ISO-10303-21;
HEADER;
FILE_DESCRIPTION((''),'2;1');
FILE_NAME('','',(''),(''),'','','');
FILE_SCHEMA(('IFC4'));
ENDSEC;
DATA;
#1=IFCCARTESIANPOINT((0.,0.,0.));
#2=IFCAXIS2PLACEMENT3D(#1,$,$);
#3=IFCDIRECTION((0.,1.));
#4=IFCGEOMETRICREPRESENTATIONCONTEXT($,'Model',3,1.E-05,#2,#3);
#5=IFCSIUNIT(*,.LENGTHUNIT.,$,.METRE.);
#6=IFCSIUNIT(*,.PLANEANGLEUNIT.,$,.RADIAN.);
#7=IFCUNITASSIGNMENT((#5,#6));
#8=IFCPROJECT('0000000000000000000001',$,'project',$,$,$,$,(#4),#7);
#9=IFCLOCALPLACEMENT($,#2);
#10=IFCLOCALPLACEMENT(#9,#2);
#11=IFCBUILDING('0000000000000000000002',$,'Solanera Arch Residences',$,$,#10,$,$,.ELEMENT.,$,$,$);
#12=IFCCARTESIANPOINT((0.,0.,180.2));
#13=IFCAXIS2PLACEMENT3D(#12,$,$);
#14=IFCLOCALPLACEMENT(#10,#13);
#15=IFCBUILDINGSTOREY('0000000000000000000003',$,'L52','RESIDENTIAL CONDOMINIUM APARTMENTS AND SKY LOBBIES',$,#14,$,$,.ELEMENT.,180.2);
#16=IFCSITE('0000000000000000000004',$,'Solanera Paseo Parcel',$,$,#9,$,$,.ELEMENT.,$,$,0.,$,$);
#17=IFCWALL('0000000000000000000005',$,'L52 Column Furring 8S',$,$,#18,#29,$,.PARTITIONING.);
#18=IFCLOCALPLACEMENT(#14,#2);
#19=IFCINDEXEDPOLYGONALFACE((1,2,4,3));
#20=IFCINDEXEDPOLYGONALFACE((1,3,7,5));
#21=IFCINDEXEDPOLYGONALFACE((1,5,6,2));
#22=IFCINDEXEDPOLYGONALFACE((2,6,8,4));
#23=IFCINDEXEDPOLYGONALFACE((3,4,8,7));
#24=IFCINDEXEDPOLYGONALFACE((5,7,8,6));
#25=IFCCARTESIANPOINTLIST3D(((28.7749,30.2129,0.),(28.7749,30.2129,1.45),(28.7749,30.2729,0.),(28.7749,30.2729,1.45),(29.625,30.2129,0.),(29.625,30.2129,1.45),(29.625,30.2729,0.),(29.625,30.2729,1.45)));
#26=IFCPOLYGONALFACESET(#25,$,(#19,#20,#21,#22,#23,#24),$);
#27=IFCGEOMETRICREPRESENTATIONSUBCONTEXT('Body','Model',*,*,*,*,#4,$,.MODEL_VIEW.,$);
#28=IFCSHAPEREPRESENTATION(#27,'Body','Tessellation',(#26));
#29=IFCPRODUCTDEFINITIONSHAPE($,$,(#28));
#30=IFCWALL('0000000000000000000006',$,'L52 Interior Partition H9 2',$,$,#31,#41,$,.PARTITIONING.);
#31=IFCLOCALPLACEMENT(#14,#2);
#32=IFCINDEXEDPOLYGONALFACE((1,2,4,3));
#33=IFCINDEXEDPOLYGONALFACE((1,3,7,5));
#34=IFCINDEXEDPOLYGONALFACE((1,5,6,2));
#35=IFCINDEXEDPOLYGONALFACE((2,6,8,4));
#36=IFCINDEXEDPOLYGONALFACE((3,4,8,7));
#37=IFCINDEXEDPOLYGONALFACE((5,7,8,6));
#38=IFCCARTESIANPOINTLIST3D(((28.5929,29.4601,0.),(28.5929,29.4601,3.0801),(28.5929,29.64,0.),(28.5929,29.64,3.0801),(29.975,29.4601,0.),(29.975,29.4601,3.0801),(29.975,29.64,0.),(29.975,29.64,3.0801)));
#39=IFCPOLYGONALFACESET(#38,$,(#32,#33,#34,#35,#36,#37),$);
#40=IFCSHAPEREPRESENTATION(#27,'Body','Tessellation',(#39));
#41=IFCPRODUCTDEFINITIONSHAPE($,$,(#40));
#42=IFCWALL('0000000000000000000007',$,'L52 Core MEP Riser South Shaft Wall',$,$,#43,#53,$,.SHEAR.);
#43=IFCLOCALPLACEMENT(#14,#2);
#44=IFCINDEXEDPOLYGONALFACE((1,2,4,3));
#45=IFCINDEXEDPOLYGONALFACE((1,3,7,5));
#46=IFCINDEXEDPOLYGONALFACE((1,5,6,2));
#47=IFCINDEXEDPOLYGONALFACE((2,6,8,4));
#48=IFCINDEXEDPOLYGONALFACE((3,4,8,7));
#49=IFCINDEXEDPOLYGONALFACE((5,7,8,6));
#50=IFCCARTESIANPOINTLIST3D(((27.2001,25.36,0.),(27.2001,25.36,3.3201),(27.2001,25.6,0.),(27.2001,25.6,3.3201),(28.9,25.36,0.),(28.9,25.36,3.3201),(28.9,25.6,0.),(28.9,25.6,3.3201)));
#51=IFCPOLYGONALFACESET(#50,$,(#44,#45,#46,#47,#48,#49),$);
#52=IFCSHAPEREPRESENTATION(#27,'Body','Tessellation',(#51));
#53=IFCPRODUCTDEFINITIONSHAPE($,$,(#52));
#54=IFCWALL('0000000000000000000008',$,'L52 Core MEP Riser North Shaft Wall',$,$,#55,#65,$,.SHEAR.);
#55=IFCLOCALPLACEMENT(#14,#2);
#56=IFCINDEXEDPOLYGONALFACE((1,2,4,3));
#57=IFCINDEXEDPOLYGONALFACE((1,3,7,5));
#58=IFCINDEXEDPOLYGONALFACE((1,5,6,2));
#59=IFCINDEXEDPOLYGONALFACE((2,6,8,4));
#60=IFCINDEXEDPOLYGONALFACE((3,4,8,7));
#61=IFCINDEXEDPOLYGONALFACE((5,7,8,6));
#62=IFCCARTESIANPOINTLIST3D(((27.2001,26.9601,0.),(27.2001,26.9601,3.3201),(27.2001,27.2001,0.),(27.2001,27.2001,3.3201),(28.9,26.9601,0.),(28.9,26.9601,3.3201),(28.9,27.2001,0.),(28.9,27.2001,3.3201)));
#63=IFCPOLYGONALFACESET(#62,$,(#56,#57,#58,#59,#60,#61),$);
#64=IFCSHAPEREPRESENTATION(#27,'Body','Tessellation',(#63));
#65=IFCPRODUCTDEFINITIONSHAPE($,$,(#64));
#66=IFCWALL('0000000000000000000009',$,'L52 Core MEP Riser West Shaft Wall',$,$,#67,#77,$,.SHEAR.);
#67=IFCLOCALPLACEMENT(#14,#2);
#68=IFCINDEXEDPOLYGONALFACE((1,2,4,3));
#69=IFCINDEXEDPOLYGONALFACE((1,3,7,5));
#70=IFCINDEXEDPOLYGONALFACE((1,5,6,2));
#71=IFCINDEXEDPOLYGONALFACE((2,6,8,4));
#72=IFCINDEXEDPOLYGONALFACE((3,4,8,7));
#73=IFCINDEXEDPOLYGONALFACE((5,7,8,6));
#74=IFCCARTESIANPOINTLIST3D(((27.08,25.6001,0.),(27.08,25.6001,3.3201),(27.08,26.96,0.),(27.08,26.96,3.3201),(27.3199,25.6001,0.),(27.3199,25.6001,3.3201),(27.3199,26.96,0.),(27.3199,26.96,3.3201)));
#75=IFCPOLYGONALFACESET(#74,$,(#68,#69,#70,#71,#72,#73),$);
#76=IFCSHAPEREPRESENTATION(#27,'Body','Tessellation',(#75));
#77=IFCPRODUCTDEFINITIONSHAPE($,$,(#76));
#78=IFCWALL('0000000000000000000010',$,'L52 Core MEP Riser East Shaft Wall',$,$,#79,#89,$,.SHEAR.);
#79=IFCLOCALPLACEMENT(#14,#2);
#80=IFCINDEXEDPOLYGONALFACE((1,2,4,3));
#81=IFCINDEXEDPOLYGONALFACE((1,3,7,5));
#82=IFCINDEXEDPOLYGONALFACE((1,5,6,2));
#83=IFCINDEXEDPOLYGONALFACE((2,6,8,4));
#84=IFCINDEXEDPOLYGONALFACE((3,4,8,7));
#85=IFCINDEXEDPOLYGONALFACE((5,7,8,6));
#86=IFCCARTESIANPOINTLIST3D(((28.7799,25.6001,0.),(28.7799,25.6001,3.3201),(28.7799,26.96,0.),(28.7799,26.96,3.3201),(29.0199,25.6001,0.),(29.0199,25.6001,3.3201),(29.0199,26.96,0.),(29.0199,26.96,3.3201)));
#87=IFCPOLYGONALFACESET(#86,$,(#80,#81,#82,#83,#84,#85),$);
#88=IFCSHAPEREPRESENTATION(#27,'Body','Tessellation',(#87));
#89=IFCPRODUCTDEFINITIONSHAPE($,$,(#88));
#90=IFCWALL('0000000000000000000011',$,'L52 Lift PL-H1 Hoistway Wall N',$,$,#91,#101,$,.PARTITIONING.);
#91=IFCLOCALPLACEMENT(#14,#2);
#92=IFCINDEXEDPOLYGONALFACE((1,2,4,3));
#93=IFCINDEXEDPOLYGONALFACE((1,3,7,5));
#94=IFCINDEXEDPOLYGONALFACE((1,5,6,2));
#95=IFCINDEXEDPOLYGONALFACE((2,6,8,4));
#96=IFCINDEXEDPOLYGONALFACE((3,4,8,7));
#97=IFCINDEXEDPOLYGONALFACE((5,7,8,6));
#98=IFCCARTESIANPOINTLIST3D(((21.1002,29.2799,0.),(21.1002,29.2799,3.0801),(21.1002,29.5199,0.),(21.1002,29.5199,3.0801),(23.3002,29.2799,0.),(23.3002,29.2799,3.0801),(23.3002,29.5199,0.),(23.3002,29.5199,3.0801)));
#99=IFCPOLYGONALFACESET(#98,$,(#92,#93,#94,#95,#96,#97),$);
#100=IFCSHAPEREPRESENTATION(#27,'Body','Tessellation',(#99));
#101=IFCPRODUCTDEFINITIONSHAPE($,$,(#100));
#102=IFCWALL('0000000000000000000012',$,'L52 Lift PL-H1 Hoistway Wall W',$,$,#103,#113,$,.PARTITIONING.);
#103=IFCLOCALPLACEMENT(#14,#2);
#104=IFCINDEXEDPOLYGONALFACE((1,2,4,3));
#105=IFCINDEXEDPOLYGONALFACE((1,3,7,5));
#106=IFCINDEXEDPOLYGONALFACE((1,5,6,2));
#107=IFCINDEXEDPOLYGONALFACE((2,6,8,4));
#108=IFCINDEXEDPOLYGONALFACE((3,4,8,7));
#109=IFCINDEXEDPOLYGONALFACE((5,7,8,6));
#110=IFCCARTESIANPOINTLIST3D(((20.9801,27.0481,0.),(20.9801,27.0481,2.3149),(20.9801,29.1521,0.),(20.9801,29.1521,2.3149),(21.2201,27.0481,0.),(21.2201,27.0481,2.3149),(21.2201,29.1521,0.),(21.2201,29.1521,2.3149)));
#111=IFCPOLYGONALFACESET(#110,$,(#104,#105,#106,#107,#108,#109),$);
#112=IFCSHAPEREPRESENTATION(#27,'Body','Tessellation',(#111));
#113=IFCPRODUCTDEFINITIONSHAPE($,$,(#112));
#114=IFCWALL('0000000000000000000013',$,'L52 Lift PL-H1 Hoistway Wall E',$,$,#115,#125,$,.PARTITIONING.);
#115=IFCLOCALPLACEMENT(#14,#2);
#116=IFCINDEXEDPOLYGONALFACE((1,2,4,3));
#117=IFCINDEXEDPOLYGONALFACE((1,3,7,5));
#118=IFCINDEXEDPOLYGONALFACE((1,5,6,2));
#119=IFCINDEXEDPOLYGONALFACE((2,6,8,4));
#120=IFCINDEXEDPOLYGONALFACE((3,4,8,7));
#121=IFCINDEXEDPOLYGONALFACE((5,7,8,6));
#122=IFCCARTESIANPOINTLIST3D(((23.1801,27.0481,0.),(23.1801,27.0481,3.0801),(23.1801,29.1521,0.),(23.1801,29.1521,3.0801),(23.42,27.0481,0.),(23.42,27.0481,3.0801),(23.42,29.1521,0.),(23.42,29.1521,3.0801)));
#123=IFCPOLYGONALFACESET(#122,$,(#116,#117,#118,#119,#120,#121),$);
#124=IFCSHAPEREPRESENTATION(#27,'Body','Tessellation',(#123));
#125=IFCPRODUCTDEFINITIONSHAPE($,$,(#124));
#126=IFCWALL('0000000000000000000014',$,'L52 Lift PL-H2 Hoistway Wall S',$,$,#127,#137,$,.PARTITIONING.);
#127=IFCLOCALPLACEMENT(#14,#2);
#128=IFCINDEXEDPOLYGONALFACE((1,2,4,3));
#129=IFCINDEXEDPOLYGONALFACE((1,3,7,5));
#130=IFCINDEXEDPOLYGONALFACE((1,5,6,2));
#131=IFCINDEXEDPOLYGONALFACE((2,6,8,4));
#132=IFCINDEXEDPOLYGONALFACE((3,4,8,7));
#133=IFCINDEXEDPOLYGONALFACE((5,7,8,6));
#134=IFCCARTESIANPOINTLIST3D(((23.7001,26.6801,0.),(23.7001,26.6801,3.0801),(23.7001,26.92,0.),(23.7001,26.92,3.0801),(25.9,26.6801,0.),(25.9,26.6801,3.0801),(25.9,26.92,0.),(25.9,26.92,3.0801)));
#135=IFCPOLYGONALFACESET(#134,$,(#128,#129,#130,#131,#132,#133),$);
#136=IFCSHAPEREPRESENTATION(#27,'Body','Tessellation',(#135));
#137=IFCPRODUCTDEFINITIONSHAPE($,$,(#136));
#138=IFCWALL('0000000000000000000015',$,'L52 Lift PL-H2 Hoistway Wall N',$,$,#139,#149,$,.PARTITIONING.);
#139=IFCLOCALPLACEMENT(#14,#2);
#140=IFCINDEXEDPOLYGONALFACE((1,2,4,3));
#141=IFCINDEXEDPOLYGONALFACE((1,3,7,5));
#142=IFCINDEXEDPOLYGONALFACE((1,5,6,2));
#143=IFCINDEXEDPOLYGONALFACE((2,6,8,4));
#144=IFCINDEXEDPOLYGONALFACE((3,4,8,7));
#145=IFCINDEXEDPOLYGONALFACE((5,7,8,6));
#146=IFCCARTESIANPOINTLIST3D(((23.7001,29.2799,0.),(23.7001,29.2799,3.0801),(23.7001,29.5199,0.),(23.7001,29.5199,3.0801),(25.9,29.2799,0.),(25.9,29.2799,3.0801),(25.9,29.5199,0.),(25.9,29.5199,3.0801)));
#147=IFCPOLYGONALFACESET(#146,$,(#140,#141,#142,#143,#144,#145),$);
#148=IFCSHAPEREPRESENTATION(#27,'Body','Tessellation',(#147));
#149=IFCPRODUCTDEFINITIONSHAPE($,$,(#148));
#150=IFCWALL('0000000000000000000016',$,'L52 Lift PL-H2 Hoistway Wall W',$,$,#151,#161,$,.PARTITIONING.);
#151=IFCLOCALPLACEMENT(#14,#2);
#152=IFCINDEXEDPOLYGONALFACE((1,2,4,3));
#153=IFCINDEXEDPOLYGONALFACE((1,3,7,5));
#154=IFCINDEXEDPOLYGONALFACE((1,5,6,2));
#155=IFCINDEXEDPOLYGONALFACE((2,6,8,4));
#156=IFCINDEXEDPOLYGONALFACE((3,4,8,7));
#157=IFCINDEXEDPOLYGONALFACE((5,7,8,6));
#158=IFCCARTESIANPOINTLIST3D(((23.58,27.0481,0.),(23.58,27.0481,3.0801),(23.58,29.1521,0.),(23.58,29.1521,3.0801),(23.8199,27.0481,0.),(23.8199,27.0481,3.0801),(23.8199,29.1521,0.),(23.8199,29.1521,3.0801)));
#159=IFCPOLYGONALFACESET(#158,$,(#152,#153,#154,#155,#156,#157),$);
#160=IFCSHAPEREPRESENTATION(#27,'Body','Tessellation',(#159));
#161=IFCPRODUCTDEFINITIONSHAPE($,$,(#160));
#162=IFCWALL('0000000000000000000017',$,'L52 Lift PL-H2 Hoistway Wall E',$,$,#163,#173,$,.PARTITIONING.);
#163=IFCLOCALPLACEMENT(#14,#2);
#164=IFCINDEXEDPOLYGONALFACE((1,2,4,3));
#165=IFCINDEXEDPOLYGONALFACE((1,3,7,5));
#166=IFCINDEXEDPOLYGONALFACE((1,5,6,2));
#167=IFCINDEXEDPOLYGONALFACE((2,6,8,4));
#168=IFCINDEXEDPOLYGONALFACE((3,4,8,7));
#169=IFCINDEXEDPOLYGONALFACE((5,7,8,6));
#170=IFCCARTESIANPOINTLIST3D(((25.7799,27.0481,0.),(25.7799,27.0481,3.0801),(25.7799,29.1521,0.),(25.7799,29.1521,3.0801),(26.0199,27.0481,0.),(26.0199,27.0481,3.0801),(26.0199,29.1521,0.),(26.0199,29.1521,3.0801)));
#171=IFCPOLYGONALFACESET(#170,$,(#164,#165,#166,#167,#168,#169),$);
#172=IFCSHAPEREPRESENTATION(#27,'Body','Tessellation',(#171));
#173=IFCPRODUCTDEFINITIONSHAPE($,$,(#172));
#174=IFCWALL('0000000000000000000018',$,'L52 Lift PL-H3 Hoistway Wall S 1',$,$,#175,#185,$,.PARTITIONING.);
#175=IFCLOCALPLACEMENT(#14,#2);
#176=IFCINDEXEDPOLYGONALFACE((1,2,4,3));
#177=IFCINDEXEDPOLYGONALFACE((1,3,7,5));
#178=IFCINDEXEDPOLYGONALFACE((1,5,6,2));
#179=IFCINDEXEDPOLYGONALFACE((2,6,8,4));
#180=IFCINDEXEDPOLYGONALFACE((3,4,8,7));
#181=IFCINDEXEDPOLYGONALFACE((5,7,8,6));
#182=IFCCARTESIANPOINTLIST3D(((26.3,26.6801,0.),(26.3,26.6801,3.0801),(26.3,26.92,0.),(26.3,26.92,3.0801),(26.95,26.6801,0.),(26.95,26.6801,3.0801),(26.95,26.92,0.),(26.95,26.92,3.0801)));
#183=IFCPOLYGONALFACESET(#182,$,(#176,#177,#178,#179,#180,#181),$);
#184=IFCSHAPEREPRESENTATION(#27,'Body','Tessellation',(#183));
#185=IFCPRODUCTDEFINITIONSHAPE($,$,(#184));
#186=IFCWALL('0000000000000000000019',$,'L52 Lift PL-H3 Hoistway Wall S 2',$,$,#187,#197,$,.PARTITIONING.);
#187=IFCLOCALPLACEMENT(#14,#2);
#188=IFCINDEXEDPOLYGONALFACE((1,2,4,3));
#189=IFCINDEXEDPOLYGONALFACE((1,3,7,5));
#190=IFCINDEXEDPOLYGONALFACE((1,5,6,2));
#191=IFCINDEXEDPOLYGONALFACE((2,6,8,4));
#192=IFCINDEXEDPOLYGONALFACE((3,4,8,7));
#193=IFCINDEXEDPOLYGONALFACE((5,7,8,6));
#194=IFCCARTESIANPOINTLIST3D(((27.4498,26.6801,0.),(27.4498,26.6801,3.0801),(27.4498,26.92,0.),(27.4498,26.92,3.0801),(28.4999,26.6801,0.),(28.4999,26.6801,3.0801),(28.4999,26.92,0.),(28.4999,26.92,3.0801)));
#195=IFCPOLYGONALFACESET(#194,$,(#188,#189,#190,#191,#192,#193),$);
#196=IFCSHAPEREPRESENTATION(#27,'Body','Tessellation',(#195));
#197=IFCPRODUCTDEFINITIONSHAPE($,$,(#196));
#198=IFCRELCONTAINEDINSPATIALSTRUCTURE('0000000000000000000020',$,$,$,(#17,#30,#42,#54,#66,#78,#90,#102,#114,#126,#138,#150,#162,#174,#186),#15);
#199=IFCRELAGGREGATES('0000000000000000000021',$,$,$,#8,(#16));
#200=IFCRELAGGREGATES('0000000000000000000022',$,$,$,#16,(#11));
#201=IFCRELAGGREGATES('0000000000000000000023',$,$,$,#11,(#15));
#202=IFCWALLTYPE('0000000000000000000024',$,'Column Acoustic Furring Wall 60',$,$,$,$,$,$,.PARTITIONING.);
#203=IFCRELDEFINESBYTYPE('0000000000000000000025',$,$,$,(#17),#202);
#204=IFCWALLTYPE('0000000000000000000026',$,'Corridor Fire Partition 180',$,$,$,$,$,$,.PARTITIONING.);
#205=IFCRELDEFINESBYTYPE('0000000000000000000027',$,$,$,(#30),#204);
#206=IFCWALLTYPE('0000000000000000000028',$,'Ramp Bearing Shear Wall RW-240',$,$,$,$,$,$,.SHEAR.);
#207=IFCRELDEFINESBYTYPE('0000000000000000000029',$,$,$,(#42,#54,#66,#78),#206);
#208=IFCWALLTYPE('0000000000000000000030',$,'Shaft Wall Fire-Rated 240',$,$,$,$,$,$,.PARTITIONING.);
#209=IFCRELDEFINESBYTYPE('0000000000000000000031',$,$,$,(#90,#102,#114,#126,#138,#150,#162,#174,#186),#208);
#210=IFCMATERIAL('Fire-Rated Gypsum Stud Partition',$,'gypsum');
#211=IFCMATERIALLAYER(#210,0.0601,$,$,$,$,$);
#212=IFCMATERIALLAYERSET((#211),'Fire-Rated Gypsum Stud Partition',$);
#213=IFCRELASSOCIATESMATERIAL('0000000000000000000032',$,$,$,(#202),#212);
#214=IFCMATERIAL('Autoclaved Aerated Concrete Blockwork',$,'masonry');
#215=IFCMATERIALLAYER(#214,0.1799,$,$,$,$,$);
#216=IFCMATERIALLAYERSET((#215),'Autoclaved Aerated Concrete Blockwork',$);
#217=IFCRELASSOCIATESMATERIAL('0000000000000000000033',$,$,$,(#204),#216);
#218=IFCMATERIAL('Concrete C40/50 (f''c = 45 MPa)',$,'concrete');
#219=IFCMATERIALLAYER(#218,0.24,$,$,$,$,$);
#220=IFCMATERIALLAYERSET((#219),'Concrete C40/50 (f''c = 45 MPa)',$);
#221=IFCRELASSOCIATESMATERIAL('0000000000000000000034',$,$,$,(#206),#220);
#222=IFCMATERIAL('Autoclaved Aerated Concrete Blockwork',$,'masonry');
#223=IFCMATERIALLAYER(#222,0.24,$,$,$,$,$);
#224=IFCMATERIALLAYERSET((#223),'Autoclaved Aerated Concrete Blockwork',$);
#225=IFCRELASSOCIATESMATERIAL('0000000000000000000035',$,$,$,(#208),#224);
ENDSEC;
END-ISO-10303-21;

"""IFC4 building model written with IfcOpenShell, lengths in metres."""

from ifc_helpers import new_model, si_unit, direction, frame, frame_2d, origin, place, context, subcontext, project, spatial, rectangle, extrude, material, layer, layer_set, type_object, element, save


model = new_model("IFC4")

# Units and contexts
model_context = context("Model", 3, precision=1e-05, world=origin(), true_north=direction((0.0, 1.0)))
body_context = subcontext(model_context, "Body", "Model", "MODEL_VIEW")
ifc_project = project(units=[si_unit("LENGTHUNIT", "METRE"), si_unit("PLANEANGLEUNIT", "RADIAN")], contexts=[model_context])

# Site, building, storey
site_placement = place(None, origin())
site = spatial("IfcSite", under=ifc_project, at=site_placement, Name="Solanera Paseo Parcel", CompositionType="ELEMENT", RefElevation=0.0)
building_placement = place(site_placement, origin())
building = spatial("IfcBuilding", under=site, at=building_placement, Name="Solanera Arch Residences", CompositionType="ELEMENT")
storey_placement = place(building_placement, frame((0.0, 0.0, 180.2)))
storey = spatial("IfcBuildingStorey", under=building, at=storey_placement, Name="L52", Description="RESIDENTIAL CONDOMINIUM APARTMENTS AND SKY LOBBIES", CompositionType="ELEMENT", Elevation=180.2)

# Walls
ifc_material_1 = material(Name="Fire-Rated Gypsum Stud Partition", Category="gypsum")
ifc_layer_1 = layer(ifc_material_1, 0.0601)
ifc_layer_set_1 = layer_set([ifc_layer_1], Name="Fire-Rated Gypsum Stud Partition")
wall_type_1 = type_object("IfcWallType", Name="Column Acoustic Furring Wall 60", PredefinedType="PARTITIONING", material=ifc_layer_set_1)
wall_1_placement = place(storey_placement, frame((28.7749, 30.2429, 0.0), z_axis=(0.0, 0.0, 1.0), x_axis=(1.0, 0.0, 0.0)))
element("IfcWall", 1, at=wall_1_placement, inside=storey, type_object=wall_type_1, Name="L52 Column Furring 8S", PredefinedType="PARTITIONING", context=body_context, shape_type="SweptSolid", body=[
    extrude(rectangle(XDim=0.8501, YDim=0.0601, at=frame_2d((0.425, 0.0))), origin(), (0.0, 0.0, 1.0), 1.45),
])
ifc_material_2 = material(Name="Autoclaved Aerated Concrete Blockwork", Category="masonry")
ifc_layer_2 = layer(ifc_material_2, 0.1799)
ifc_layer_set_2 = layer_set([ifc_layer_2], Name="Autoclaved Aerated Concrete Blockwork")
wall_type_2 = type_object("IfcWallType", Name="Corridor Fire Partition 180", PredefinedType="PARTITIONING", material=ifc_layer_set_2)
wall_2_placement = place(storey_placement, frame((28.593, 29.55, 0.0), z_axis=(0.0, 0.0, 1.0), x_axis=(1.0, 0.0, 0.0)))
element("IfcWall", 2, at=wall_2_placement, inside=storey, type_object=wall_type_2, Name="L52 Interior Partition H9 2", PredefinedType="PARTITIONING", context=body_context, shape_type="SweptSolid", body=[
    extrude(rectangle(XDim=1.3821, YDim=0.1799, at=frame_2d((0.6909, 0.0))), origin(), (0.0, 0.0, 1.0), 3.0801),
])
ifc_material_3 = material(Name="Concrete C40/50 (f'c = 45 MPa)", Category="concrete")
ifc_layer_3 = layer(ifc_material_3, 0.24)
ifc_layer_set_3 = layer_set([ifc_layer_3], Name="Concrete C40/50 (f'c = 45 MPa)")
wall_type_3 = type_object("IfcWallType", Name="Ramp Bearing Shear Wall RW-240", PredefinedType="SHEAR", material=ifc_layer_set_3)
for number, where, z_axis, x_axis, name in (
    (3, (27.2, 25.48, 0.0), (0.0, 0.0, 1.0), (1.0, 0.0, 0.0), "L52 Core MEP Riser South Shaft Wall"),
    (4, (27.2, 27.0801, 0.0), (0.0, 0.0, 1.0), (1.0, 0.0, 0.0), "L52 Core MEP Riser North Shaft Wall"),
):
    element("IfcWall", number, at=place(storey_placement, frame(where, z_axis=z_axis, x_axis=x_axis)), inside=storey, type_object=wall_type_3, Name=name, PredefinedType="SHEAR", context=body_context, shape_type="SweptSolid", body=[
        extrude(rectangle(XDim=1.7, YDim=0.24, at=frame_2d((0.8501, 0.0))), origin(), (0.0, 0.0, 1.0), 3.3201),
    ])
for number, where, z_axis, x_axis, name in (
    (5, (27.2, 25.6001, 0.0), (0.0, 0.0, 1.0), (0.0, 1.0, 0.0), "L52 Core MEP Riser West Shaft Wall"),
    (6, (28.8999, 25.6001, 0.0), (0.0, 0.0, 1.0), (0.0, 1.0, 0.0), "L52 Core MEP Riser East Shaft Wall"),
):
    element("IfcWall", number, at=place(storey_placement, frame(where, z_axis=z_axis, x_axis=x_axis)), inside=storey, type_object=wall_type_3, Name=name, PredefinedType="SHEAR", context=body_context, shape_type="SweptSolid", body=[
        extrude(rectangle(XDim=1.3599, YDim=0.24, at=frame_2d((0.6799, 0.0))), origin(), (0.0, 0.0, 1.0), 3.3201),
    ])
ifc_material_4 = material(Name="Autoclaved Aerated Concrete Blockwork", Category="masonry")
ifc_layer_4 = layer(ifc_material_4, 0.24)
ifc_layer_set_4 = layer_set([ifc_layer_4], Name="Autoclaved Aerated Concrete Blockwork")
wall_type_4 = type_object("IfcWallType", Name="Shaft Wall Fire-Rated 240", PredefinedType="PARTITIONING", material=ifc_layer_set_4)
wall_3_placement = place(storey_placement, frame((21.1001, 29.3999, 0.0), z_axis=(0.0, 0.0, 1.0), x_axis=(1.0, 0.0, 0.0)))
element("IfcWall", 7, at=wall_3_placement, inside=storey, type_object=wall_type_4, Name="L52 Lift PL-H1 Hoistway Wall N", PredefinedType="PARTITIONING", context=body_context, shape_type="SweptSolid", body=[
    extrude(rectangle(XDim=2.2, YDim=0.24, at=frame_2d((1.1001, 0.0))), origin(), (0.0, 0.0, 1.0), 3.0801),
])
wall_4_placement = place(storey_placement, frame((21.1001, 27.0481, 0.0), z_axis=(0.0, 0.0, 1.0), x_axis=(0.0, 1.0, 0.0)))
element("IfcWall", 8, at=wall_4_placement, inside=storey, type_object=wall_type_4, Name="L52 Lift PL-H1 Hoistway Wall W", PredefinedType="PARTITIONING", context=body_context, shape_type="SweptSolid", body=[
    extrude(rectangle(XDim=2.104, YDim=0.24, at=frame_2d((1.052, 0.0))), origin(), (0.0, 0.0, 1.0), 2.3149),
])
wall_5_placement = place(storey_placement, frame((23.3, 27.0481, 0.0), z_axis=(0.0, 0.0, 1.0), x_axis=(0.0, 1.0, 0.0)))
element("IfcWall", 9, at=wall_5_placement, inside=storey, type_object=wall_type_4, Name="L52 Lift PL-H1 Hoistway Wall E", PredefinedType="PARTITIONING", context=body_context, shape_type="SweptSolid", body=[
    extrude(rectangle(XDim=2.104, YDim=0.24, at=frame_2d((1.052, 0.0))), origin(), (0.0, 0.0, 1.0), 3.0801),
])
for number, where, z_axis, x_axis, name in (
    (10, (23.7, 26.8, 0.0), (0.0, 0.0, 1.0), (1.0, 0.0, 0.0), "L52 Lift PL-H2 Hoistway Wall S"),
    (11, (23.7, 29.3999, 0.0), (0.0, 0.0, 1.0), (1.0, 0.0, 0.0), "L52 Lift PL-H2 Hoistway Wall N"),
):
    element("IfcWall", number, at=place(storey_placement, frame(where, z_axis=z_axis, x_axis=x_axis)), inside=storey, type_object=wall_type_4, Name=name, PredefinedType="PARTITIONING", context=body_context, shape_type="SweptSolid", body=[
        extrude(rectangle(XDim=2.2, YDim=0.24, at=frame_2d((1.1001, 0.0))), origin(), (0.0, 0.0, 1.0), 3.0801),
    ])
for number, where, z_axis, x_axis, name in (
    (12, (23.7, 27.0481, 0.0), (0.0, 0.0, 1.0), (0.0, 1.0, 0.0), "L52 Lift PL-H2 Hoistway Wall W"),
    (13, (25.8999, 27.0481, 0.0), (0.0, 0.0, 1.0), (0.0, 1.0, 0.0), "L52 Lift PL-H2 Hoistway Wall E"),
):
    element("IfcWall", number, at=place(storey_placement, frame(where, z_axis=z_axis, x_axis=x_axis)), inside=storey, type_object=wall_type_4, Name=name, PredefinedType="PARTITIONING", context=body_context, shape_type="SweptSolid", body=[
        extrude(rectangle(XDim=2.104, YDim=0.24, at=frame_2d((1.052, 0.0))), origin(), (0.0, 0.0, 1.0), 3.0801),
    ])
wall_6_placement = place(storey_placement, frame((26.3, 26.8, 0.0), z_axis=(0.0, 0.0, 1.0), x_axis=(1.0, 0.0, 0.0)))
element("IfcWall", 14, at=wall_6_placement, inside=storey, type_object=wall_type_4, Name="L52 Lift PL-H3 Hoistway Wall S 1", PredefinedType="PARTITIONING", context=body_context, shape_type="SweptSolid", body=[
    extrude(rectangle(XDim=0.6499, YDim=0.24, at=frame_2d((0.325, 0.0))), origin(), (0.0, 0.0, 1.0), 3.0801),
])
wall_7_placement = place(storey_placement, frame((27.45, 26.8, 0.0), z_axis=(0.0, 0.0, 1.0), x_axis=(1.0, 0.0, 0.0)))
element("IfcWall", 15, at=wall_7_placement, inside=storey, type_object=wall_type_4, Name="L52 Lift PL-H3 Hoistway Wall S 2", PredefinedType="PARTITIONING", context=body_context, shape_type="SweptSolid", body=[
    extrude(rectangle(XDim=1.05, YDim=0.24, at=frame_2d((0.5249, 0.0))), origin(), (0.0, 0.0, 1.0), 3.0801),
])

save(model, "model.ifc")
